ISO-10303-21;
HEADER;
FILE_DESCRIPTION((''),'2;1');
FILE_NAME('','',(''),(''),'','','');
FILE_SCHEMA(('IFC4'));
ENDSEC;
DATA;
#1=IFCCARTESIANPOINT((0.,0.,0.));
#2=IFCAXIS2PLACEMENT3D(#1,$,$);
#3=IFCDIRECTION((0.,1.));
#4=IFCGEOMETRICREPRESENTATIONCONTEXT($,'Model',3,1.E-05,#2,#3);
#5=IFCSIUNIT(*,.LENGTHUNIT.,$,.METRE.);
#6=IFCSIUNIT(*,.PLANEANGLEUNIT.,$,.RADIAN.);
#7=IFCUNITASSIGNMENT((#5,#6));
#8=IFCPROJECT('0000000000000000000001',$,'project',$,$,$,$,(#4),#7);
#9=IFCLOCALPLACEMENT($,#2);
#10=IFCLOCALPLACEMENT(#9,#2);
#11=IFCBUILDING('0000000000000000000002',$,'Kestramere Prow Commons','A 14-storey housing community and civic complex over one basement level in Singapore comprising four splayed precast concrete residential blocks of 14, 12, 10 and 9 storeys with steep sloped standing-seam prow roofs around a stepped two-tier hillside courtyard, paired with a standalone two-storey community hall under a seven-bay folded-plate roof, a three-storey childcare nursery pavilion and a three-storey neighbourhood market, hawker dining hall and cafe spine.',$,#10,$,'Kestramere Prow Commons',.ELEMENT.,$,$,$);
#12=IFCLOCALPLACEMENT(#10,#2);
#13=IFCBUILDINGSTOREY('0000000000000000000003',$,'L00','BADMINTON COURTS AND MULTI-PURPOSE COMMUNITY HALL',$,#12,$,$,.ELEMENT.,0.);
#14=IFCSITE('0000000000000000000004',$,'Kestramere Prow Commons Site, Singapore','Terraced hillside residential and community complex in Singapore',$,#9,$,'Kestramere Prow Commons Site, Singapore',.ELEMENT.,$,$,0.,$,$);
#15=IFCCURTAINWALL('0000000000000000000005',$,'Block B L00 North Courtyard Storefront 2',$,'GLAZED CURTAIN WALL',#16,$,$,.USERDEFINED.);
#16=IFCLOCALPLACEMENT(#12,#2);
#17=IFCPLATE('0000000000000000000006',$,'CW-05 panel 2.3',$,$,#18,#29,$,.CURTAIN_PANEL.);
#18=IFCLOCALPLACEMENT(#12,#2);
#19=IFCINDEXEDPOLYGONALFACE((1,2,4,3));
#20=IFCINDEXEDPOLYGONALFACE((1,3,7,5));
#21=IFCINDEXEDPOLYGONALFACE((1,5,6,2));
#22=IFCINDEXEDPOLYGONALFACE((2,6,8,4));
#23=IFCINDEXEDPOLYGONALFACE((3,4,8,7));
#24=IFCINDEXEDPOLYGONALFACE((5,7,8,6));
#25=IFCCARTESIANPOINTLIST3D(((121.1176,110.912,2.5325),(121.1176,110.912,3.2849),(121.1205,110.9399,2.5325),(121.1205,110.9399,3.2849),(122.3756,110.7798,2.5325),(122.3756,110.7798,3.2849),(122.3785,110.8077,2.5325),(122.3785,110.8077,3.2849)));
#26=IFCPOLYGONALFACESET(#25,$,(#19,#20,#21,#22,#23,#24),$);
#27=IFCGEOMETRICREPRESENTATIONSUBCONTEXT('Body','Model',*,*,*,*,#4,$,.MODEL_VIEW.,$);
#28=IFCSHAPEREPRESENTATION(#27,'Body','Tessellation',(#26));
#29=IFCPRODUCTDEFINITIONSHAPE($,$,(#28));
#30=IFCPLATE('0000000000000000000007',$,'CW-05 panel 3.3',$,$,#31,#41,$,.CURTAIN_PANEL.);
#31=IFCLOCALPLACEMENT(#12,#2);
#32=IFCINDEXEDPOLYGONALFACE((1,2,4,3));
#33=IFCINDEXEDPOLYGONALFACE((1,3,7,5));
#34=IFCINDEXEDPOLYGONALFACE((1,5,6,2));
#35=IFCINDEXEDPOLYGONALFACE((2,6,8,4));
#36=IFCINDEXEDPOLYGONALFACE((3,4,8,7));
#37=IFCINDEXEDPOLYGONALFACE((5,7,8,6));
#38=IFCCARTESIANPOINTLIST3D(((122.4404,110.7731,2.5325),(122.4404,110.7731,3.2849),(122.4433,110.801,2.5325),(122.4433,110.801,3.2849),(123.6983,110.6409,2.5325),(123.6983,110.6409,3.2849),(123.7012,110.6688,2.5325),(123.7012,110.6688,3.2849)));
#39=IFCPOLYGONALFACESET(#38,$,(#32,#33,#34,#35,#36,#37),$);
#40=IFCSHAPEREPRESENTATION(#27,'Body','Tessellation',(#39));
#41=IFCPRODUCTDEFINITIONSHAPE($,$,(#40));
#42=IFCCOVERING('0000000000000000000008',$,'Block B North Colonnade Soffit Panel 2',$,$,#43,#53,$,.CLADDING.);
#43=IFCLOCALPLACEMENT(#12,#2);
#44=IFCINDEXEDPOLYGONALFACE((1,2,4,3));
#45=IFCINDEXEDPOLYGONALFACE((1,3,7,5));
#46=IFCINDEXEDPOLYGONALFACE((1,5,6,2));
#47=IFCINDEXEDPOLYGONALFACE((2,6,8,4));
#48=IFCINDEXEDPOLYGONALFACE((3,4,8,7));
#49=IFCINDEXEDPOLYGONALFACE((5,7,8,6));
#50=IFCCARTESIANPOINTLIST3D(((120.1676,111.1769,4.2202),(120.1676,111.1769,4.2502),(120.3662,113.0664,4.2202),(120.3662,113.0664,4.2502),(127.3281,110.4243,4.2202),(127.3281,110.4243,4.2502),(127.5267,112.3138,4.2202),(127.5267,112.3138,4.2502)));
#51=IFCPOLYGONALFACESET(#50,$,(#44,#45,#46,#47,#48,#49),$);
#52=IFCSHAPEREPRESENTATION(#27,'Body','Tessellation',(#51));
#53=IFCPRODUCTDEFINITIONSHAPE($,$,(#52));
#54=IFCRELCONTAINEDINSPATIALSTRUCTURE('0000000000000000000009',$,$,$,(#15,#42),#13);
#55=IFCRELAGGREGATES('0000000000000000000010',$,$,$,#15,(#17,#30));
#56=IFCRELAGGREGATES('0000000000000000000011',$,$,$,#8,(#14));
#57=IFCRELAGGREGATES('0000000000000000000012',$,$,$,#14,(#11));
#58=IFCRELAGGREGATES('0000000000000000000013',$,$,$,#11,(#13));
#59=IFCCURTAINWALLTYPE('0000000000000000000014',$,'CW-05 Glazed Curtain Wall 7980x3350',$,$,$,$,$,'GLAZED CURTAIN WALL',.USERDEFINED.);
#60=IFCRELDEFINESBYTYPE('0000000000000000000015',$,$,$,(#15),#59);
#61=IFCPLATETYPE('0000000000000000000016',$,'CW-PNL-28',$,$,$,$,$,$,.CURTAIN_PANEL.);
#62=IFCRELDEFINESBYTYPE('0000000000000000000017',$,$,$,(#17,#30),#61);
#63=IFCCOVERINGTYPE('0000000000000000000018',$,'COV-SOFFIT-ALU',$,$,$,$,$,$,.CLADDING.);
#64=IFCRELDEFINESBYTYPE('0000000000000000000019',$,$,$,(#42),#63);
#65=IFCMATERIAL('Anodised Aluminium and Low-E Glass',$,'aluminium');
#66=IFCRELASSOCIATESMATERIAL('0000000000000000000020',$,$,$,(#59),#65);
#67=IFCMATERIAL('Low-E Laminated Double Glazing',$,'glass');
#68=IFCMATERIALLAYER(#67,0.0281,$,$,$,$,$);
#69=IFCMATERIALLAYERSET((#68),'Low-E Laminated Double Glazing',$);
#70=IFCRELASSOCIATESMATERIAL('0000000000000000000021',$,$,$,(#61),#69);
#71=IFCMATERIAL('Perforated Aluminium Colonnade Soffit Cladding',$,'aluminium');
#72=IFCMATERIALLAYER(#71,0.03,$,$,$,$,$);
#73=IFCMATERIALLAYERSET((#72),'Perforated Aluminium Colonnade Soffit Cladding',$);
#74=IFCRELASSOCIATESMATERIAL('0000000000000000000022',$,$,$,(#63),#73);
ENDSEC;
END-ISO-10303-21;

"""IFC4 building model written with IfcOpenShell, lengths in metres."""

from ifc_helpers import new_model, si_unit, direction, frame, origin, origin_2d, place, context, subcontext, project, spatial, rectangle, extrude, material, layer, layer_set, type_object, element, aggregate, save


model = new_model("IFC4")

# Units and contexts
model_context = context("Model", 3, precision=1e-05, world=origin(), true_north=direction((0.0, 1.0)))
body_context = subcontext(model_context, "Body", "Model", "MODEL_VIEW")
ifc_project = project(units=[si_unit("LENGTHUNIT", "METRE"), si_unit("PLANEANGLEUNIT", "RADIAN")], contexts=[model_context])

# Site, building, storey
site_placement = place(None, origin())
site = spatial("IfcSite", under=ifc_project, at=site_placement, Name="Kestramere Prow Commons Site, Singapore", Description="Terraced hillside residential and community complex in Singapore", LongName="Kestramere Prow Commons Site, Singapore", CompositionType="ELEMENT", RefElevation=0.0)
building_placement = place(site_placement, origin())
building = spatial("IfcBuilding", under=site, at=building_placement, Name="Kestramere Prow Commons", Description="A 14-storey housing community and civic complex over one basement level in Singapore comprising four splayed precast concrete residential blocks of 14, 12, 10 and 9 storeys with steep sloped standing-seam prow roofs around a stepped two-tier hillside courtyard, paired with a standalone two-storey community hall under a seven-bay folded-plate roof, a three-storey childcare nursery pavilion and a three-storey neighbourhood market, hawker dining hall and cafe spine.", LongName="Kestramere Prow Commons", CompositionType="ELEMENT")
storey_placement = place(building_placement, origin())
storey = spatial("IfcBuildingStorey", under=building, at=storey_placement, Name="L00", Description="BADMINTON COURTS AND MULTI-PURPOSE COMMUNITY HALL", CompositionType="ELEMENT", Elevation=0.0)

# Curtain wall
ifc_material_1 = material(Name="Anodised Aluminium and Low-E Glass", Category="aluminium")
curtain_wall_type = type_object("IfcCurtainWallType", Name="CW-05 Glazed Curtain Wall 7980x3350", ElementType="GLAZED CURTAIN WALL", PredefinedType="USERDEFINED", material=ifc_material_1)
curtain_wall_placement = place(storey_placement, origin())
curtain_wall = element("IfcCurtainWall", 1, at=curtain_wall_placement, inside=storey, type_object=curtain_wall_type, Name="Block B L00 North Courtyard Storefront 2", ObjectType="GLAZED CURTAIN WALL", PredefinedType="USERDEFINED")

# Plates
ifc_material_2 = material(Name="Low-E Laminated Double Glazing", Category="glass")
ifc_layer_1 = layer(ifc_material_2, 0.0281)
ifc_layer_set_1 = layer_set([ifc_layer_1], Name="Low-E Laminated Double Glazing")
plate_type = type_object("IfcPlateType", Name="CW-PNL-28", PredefinedType="CURTAIN_PANEL", material=ifc_layer_set_1)
plate_1_placement = place(storey_placement, frame((121.748, 110.8599, 2.5325), z_axis=(0.0, 0.0, 1.0), x_axis=(0.994522, -0.104529, 0.0)))
plate_1 = element("IfcPlate", 2, at=plate_1_placement, type_object=plate_type, Name="CW-05 panel 2.3", PredefinedType="CURTAIN_PANEL", context=body_context, shape_type="SweptSolid", body=[
    extrude(rectangle(XDim=1.2649, YDim=0.0281, at=origin_2d()), origin(), (0.0, 0.0, 1.0), 0.7524),
])
plate_2_placement = place(storey_placement, frame((123.0708, 110.7209, 2.5325), z_axis=(0.0, 0.0, 1.0), x_axis=(0.994522, -0.104529, 0.0)))
plate_2 = element("IfcPlate", 3, at=plate_2_placement, type_object=plate_type, Name="CW-05 panel 3.3", PredefinedType="CURTAIN_PANEL", context=body_context, shape_type="SweptSolid", body=[
    extrude(rectangle(XDim=1.2649, YDim=0.0281, at=origin_2d()), origin(), (0.0, 0.0, 1.0), 0.7524),
])
aggregate(curtain_wall, [plate_1, plate_2])

# Covering
ifc_material_3 = material(Name="Perforated Aluminium Colonnade Soffit Cladding", Category="aluminium")
ifc_layer_2 = layer(ifc_material_3, 0.03)
ifc_layer_set_2 = layer_set([ifc_layer_2], Name="Perforated Aluminium Colonnade Soffit Cladding")
covering_type = type_object("IfcCoveringType", Name="COV-SOFFIT-ALU", PredefinedType="CLADDING", material=ifc_layer_set_2)
covering_placement = place(storey_placement, frame((123.8472, 111.7454, 4.2202), z_axis=(0.0, 0.0, 1.0), x_axis=(0.994522, -0.104528, 0.0)))
element("IfcCovering", 4, at=covering_placement, inside=storey, type_object=covering_type, Name="Block B North Colonnade Soffit Panel 2", PredefinedType="CLADDING", context=body_context, shape_type="SweptSolid", body=[
    extrude(rectangle(XDim=7.2, YDim=1.8999, at=origin_2d()), origin(), (0.0, 0.0, 1.0), 0.03),
])

save(model, "model.ifc")
